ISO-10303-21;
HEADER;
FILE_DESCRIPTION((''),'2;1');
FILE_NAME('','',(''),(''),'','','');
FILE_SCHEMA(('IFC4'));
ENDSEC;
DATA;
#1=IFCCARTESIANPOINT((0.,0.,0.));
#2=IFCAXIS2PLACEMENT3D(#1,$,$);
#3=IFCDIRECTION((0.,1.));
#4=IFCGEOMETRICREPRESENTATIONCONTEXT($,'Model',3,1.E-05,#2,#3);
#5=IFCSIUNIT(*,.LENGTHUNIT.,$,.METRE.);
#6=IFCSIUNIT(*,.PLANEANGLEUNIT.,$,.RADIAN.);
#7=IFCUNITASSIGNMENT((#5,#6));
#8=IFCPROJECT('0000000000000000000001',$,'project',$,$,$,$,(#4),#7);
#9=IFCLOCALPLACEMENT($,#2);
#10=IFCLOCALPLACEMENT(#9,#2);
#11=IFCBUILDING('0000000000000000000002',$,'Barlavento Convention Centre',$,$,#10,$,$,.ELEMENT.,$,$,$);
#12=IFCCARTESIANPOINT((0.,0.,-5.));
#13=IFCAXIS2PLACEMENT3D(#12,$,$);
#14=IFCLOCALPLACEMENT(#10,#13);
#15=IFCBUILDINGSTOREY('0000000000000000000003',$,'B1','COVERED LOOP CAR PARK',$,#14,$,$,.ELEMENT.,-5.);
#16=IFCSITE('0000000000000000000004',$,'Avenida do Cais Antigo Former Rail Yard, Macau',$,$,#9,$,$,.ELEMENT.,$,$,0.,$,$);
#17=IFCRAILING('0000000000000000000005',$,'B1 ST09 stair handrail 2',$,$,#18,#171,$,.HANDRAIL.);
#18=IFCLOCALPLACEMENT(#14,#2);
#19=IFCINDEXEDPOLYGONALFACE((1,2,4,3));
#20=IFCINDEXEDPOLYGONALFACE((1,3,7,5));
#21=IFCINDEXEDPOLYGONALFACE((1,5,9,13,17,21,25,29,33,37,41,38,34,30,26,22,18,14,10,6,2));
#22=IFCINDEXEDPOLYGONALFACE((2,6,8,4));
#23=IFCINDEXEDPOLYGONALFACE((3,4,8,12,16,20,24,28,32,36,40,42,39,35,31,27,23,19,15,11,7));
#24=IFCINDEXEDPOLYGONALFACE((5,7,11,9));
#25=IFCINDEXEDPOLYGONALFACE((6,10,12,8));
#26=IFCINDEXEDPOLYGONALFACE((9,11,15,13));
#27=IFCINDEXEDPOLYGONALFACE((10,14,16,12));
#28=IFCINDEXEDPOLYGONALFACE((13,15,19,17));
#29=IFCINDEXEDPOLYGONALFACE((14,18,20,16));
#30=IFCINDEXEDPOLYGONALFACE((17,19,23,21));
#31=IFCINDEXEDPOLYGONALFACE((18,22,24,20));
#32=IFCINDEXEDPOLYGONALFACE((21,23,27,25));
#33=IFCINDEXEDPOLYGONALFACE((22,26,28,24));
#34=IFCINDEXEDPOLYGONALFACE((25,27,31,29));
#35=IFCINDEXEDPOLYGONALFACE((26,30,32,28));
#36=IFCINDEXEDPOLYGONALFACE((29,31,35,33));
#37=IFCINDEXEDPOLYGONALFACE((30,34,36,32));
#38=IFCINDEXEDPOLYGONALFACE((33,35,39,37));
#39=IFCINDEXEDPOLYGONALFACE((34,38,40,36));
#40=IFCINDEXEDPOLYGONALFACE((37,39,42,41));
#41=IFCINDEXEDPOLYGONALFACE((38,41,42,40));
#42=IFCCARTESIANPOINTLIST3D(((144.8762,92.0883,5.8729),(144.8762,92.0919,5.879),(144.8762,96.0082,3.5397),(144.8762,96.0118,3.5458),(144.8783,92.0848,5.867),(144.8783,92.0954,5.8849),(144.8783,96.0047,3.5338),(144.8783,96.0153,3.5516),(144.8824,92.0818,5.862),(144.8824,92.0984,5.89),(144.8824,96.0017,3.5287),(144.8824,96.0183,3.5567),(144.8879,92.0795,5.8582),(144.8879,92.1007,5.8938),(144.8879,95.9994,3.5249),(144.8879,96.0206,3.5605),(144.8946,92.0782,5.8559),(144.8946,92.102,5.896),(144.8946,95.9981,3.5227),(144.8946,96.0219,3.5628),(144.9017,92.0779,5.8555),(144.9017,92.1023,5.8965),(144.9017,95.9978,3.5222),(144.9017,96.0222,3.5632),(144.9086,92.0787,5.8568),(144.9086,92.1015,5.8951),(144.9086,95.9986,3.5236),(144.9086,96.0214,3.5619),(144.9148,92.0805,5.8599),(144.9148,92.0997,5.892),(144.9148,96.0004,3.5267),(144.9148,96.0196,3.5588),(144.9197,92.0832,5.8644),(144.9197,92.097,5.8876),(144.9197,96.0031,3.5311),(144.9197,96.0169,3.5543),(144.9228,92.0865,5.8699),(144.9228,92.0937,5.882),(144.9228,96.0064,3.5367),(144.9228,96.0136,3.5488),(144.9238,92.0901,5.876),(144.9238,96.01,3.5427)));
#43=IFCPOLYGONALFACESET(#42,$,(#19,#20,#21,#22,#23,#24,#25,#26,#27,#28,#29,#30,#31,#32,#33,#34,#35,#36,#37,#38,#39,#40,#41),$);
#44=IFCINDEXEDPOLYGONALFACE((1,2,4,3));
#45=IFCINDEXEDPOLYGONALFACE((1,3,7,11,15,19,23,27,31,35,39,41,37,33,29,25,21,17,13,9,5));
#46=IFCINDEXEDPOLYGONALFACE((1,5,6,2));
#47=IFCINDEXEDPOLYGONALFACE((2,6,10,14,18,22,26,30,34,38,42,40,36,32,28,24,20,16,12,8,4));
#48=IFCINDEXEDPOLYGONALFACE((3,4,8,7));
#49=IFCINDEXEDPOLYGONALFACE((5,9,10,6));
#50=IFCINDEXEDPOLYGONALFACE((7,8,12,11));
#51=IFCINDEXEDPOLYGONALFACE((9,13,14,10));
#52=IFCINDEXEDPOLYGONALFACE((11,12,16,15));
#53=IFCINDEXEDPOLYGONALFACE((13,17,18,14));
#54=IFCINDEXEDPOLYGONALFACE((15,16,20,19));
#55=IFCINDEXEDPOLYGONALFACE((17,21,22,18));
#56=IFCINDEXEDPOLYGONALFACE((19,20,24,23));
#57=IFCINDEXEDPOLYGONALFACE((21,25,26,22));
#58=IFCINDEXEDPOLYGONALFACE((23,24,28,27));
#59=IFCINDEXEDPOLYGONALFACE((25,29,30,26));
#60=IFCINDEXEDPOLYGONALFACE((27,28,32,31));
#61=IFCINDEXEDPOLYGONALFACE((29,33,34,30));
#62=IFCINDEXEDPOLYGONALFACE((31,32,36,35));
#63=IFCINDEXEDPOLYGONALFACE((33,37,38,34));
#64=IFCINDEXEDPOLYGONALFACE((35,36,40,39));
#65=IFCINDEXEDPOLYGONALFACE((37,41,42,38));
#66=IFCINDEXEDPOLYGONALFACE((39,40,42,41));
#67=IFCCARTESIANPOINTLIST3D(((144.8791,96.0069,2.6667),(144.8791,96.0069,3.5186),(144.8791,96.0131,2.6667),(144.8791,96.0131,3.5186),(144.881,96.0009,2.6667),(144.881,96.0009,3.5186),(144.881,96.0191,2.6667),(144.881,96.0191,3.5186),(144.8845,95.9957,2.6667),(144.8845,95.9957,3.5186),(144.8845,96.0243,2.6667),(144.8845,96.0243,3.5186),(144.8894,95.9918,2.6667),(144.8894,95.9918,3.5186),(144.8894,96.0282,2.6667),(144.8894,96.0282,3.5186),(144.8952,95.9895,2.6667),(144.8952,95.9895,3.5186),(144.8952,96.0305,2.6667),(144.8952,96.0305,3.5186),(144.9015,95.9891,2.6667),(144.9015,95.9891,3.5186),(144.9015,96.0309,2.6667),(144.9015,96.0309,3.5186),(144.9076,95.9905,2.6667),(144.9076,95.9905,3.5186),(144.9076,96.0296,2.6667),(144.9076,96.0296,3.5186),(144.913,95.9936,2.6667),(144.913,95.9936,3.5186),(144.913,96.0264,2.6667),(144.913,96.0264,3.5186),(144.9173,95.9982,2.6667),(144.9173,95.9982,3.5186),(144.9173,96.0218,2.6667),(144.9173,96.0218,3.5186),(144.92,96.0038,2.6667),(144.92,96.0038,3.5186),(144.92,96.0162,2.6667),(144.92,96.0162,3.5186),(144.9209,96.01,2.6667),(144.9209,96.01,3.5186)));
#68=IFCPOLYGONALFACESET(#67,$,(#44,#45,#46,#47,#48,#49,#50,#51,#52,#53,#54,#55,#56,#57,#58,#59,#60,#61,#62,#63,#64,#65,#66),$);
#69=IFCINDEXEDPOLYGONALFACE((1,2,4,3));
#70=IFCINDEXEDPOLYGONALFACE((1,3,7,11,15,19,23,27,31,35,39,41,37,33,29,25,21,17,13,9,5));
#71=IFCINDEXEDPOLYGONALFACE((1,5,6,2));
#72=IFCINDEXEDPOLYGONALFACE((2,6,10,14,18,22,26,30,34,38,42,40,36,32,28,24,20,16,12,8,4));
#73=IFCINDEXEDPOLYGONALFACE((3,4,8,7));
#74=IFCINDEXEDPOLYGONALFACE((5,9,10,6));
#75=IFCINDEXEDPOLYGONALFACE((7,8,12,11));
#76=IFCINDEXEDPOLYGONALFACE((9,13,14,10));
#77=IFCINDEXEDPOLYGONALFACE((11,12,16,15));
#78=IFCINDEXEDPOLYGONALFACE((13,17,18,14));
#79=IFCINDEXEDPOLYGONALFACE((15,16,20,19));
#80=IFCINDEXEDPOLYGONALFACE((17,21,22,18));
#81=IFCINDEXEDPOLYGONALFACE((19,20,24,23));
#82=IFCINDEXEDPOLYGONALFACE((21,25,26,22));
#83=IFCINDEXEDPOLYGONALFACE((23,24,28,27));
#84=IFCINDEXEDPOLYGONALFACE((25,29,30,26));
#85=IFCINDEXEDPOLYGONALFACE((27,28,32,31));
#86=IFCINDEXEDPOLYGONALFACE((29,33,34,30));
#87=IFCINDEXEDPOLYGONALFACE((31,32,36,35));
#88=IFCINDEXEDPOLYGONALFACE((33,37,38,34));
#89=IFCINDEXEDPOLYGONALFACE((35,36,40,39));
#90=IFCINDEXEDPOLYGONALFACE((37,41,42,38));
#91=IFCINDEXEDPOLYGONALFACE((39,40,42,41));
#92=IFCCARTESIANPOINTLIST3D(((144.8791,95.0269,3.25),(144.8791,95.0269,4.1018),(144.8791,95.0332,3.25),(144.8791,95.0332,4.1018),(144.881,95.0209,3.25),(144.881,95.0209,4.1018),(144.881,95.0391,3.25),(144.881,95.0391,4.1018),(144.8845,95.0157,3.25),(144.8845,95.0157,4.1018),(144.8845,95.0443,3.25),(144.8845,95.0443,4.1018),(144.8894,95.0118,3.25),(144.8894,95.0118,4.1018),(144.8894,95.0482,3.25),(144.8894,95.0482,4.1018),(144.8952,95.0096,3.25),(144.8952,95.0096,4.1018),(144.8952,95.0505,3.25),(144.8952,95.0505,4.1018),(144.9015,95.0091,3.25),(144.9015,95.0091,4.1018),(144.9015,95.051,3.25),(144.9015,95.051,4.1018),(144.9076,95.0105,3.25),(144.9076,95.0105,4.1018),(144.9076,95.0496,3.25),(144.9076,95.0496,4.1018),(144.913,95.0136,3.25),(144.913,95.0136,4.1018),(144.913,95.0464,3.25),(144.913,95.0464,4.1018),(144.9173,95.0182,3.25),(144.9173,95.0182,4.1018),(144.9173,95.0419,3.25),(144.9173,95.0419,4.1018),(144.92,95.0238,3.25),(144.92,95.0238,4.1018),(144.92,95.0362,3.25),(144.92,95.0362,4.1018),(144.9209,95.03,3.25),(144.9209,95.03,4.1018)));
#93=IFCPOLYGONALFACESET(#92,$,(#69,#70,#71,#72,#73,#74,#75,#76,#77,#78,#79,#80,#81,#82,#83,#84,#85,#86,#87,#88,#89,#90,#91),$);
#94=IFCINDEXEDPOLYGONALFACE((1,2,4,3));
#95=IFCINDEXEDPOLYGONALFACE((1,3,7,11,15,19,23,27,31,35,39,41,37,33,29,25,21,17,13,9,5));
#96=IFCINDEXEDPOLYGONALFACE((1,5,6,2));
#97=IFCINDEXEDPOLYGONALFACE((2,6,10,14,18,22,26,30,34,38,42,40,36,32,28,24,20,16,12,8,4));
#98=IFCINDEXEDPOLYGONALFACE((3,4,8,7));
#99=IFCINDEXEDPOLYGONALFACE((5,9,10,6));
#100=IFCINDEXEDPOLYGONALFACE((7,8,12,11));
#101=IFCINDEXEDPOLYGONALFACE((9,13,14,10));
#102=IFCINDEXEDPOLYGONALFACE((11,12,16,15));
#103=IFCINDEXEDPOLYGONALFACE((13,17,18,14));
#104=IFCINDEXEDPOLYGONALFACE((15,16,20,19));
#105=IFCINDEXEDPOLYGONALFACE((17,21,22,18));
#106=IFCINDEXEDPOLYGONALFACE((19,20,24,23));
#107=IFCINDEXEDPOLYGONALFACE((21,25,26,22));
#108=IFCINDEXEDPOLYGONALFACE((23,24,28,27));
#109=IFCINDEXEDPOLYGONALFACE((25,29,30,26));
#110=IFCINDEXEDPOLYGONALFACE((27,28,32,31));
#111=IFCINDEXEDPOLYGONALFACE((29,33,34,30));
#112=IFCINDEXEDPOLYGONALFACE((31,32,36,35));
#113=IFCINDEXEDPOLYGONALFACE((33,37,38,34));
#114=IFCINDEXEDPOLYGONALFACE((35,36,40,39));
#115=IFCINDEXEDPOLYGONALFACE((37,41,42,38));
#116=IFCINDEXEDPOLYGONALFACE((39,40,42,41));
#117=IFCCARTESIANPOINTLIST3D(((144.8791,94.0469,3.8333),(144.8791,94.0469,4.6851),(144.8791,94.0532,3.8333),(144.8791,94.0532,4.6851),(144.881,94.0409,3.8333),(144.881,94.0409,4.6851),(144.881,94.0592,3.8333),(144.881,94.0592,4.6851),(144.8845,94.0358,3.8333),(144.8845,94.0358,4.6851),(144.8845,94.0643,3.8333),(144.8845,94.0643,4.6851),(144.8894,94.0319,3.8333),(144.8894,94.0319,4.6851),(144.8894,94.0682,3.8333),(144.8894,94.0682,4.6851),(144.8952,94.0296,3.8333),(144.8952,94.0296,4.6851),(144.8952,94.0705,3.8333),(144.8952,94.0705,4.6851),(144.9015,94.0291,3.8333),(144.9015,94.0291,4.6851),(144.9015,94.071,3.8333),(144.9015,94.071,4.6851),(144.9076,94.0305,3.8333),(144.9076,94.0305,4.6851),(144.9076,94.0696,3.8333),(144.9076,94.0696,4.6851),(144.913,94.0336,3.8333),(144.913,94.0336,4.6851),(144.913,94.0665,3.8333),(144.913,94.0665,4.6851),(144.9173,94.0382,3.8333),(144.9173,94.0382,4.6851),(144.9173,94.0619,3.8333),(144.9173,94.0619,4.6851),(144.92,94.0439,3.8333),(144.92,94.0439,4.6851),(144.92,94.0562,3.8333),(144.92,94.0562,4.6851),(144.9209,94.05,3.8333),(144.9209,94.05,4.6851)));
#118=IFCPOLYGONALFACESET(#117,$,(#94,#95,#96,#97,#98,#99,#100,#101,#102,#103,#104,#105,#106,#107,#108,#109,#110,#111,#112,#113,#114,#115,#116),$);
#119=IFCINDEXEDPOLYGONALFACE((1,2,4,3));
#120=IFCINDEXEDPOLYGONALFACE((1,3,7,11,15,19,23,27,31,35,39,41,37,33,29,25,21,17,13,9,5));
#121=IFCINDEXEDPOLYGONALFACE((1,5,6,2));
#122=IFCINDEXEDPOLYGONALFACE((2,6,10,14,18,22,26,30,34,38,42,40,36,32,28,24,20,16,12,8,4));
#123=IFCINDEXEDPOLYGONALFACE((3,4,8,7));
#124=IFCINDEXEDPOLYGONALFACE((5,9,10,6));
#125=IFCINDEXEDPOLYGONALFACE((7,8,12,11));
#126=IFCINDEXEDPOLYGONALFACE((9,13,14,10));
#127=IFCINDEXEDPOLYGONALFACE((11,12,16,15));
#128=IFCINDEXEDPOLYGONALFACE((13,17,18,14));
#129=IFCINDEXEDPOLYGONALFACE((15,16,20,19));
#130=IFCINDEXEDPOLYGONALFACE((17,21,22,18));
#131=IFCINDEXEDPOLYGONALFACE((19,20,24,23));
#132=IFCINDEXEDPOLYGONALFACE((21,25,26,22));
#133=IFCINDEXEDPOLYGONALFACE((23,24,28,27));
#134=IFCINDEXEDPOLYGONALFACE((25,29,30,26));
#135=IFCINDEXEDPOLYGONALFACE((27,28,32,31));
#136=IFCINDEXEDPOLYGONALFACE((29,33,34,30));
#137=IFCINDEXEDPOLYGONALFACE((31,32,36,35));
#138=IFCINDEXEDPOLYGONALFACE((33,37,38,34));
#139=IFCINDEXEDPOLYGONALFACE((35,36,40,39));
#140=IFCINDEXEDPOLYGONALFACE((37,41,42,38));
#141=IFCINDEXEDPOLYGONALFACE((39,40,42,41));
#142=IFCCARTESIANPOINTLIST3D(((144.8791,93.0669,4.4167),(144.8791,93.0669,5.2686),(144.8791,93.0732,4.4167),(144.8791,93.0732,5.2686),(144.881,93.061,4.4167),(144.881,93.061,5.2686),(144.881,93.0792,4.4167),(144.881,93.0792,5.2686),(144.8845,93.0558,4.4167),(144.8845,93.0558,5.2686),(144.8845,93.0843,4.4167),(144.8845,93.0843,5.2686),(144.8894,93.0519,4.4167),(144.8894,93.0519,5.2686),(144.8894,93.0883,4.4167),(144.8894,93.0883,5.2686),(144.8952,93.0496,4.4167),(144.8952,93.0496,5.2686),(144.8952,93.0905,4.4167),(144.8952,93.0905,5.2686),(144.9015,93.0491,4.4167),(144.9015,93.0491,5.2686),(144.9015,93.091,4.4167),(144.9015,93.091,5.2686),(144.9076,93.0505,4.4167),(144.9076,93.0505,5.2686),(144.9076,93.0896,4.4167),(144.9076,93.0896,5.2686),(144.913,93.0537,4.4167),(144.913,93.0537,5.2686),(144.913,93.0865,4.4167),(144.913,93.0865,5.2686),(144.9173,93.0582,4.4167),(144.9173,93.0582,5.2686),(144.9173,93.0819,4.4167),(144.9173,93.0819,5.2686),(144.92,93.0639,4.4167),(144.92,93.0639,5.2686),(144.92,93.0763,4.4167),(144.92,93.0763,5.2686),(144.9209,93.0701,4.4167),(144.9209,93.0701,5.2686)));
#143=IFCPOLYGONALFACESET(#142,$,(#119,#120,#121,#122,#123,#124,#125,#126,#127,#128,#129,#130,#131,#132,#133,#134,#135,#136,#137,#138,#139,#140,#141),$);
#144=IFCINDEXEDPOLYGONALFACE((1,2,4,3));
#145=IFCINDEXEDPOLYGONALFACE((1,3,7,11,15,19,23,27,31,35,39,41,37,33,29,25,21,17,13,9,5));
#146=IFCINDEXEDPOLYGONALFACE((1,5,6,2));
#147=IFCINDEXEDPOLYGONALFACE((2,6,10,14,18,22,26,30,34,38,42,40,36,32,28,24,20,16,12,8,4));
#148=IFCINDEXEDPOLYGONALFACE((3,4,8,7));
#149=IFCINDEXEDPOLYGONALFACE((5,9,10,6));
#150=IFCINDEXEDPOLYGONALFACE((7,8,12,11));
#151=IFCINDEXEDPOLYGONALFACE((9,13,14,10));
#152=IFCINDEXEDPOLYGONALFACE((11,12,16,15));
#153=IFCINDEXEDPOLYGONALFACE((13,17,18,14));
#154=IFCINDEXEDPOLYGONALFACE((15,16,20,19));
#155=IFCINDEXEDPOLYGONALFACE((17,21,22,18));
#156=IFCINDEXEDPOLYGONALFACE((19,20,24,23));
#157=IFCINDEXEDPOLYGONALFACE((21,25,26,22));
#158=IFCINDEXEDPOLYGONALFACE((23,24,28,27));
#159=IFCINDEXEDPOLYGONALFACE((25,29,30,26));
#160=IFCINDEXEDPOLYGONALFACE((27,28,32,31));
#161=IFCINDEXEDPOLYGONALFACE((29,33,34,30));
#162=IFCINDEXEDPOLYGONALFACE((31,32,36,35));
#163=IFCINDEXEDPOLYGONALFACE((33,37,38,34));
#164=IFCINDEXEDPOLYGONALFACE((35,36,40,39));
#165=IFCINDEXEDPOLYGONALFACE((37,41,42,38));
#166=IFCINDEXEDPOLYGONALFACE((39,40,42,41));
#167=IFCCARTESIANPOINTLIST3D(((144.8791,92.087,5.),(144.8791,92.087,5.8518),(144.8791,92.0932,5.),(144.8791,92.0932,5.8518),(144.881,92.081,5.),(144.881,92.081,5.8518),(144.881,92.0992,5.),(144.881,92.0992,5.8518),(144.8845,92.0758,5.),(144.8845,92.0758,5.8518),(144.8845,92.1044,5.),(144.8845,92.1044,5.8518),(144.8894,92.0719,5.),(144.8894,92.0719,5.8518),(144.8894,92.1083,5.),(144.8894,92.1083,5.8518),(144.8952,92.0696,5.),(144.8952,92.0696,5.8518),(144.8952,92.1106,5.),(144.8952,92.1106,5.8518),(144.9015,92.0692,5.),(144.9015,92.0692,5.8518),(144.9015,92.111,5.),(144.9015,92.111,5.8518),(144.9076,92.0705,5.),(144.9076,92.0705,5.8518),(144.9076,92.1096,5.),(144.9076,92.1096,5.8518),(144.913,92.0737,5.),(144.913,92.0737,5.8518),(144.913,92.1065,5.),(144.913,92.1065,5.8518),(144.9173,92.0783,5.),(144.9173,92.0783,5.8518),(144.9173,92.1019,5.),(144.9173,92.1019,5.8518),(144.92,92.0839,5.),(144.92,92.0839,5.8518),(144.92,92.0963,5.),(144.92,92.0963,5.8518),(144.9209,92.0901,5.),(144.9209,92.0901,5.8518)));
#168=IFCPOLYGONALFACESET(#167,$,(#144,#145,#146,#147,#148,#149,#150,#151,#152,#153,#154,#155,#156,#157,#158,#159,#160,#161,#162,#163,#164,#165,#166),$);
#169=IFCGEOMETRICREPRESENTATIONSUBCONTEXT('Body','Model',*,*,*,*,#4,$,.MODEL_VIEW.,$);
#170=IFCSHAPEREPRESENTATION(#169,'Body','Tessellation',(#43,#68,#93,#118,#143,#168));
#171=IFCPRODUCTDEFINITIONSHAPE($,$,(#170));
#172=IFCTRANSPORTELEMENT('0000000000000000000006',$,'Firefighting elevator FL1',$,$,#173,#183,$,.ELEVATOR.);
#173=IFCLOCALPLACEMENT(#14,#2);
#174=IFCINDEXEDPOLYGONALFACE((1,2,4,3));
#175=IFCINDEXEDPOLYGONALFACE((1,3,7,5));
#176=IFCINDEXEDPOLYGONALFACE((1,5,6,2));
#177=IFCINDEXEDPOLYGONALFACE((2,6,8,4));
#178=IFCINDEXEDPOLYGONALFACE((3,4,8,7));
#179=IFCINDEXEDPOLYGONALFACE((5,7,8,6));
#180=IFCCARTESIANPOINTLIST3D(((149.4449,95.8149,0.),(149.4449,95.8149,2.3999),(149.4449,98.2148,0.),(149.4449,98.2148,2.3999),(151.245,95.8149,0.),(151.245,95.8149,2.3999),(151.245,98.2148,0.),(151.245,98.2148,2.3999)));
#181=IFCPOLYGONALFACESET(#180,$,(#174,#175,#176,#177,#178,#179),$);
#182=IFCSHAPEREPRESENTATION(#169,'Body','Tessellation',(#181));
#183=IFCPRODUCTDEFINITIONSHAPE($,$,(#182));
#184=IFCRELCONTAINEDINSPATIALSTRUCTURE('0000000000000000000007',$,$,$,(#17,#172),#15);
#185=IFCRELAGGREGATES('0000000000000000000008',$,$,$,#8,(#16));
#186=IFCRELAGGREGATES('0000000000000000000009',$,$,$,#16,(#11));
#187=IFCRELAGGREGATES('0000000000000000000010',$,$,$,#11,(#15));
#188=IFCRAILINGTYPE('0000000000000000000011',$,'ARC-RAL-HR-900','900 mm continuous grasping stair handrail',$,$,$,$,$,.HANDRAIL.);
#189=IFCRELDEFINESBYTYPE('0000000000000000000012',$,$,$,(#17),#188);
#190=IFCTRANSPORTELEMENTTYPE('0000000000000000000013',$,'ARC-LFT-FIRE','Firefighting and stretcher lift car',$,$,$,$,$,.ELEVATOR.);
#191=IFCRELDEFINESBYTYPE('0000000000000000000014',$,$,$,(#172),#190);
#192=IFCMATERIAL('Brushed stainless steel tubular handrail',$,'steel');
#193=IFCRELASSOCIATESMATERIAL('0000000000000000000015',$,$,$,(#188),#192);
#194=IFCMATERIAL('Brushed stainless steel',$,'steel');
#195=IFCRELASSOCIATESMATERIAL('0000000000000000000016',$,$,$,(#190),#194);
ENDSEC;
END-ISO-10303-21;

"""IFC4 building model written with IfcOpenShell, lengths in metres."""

from ifc_helpers import new_model, si_unit, direction, frame, origin, origin_2d, place, context, subcontext, project, spatial, rectangle, circle, extrude, material, type_object, element, save


model = new_model("IFC4")

# Units and contexts
model_context = context("Model", 3, precision=1e-05, world=origin(), true_north=direction((0.0, 1.0)))
body_context = subcontext(model_context, "Body", "Model", "MODEL_VIEW")
ifc_project = project(units=[si_unit("LENGTHUNIT", "METRE"), si_unit("PLANEANGLEUNIT", "RADIAN")], contexts=[model_context])

# Site, building, storey
site_placement = place(None, origin())
site = spatial("IfcSite", under=ifc_project, at=site_placement, Name="Avenida do Cais Antigo Former Rail Yard, Macau", CompositionType="ELEMENT", RefElevation=0.0)
building_placement = place(site_placement, origin())
building = spatial("IfcBuilding", under=site, at=building_placement, Name="Barlavento Convention Centre", CompositionType="ELEMENT")
storey_placement = place(building_placement, frame((0.0, 0.0, -5.0)))
storey = spatial("IfcBuildingStorey", under=building, at=storey_placement, Name="B1", Description="COVERED LOOP CAR PARK", CompositionType="ELEMENT", Elevation=-5.0)

# Shared definitions
ifc_material_1 = material(Name="Brushed stainless steel", Category="steel")

# Railing
ifc_material_2 = material(Name="Brushed stainless steel tubular handrail", Category="steel")
railing_type_1 = type_object("IfcRailingType", Name="ARC-RAL-HR-900", Description="900 mm continuous grasping stair handrail", PredefinedType="HANDRAIL", material=ifc_material_2)
railing_1_placement = place(storey_placement, frame((144.8999, 96.01, 2.6667)))
element("IfcRailing", 1, at=railing_1_placement, inside=storey, type_object=railing_type_1, Name="B1 ST09 stair handrail 2", PredefinedType="HANDRAIL", context=body_context, shape_type="SweptSolid", body=[
    extrude(circle(Radius=0.0239, at=origin_2d()), frame((0.0, 0.0, 0.876), z_axis=(0.0, -0.859296, 0.511478), x_axis=(1.0, 0.0, 0.0)), (0.0, 0.0, 1.0), 4.5618),
    extrude(circle(Radius=0.021, at=origin_2d()), origin(), (0.0, 0.0, 1.0), 0.8518),
    extrude(circle(Radius=0.021, at=origin_2d()), frame((0.0, -0.98, 0.5833)), (0.0, 0.0, 1.0), 0.8518),
    extrude(circle(Radius=0.021, at=origin_2d()), frame((0.0, -1.96, 1.1665)), (0.0, 0.0, 1.0), 0.8518),
    extrude(circle(Radius=0.021, at=origin_2d()), frame((0.0, -2.9399, 1.75)), (0.0, 0.0, 1.0), 0.8518),
    extrude(circle(Radius=0.021, at=origin_2d()), frame((0.0, -3.9199, 2.3333)), (0.0, 0.0, 1.0), 0.8518),
])

# Transport element
transport_element_type = type_object("IfcTransportElementType", Name="ARC-LFT-FIRE", Description="Firefighting and stretcher lift car", PredefinedType="ELEVATOR", material=ifc_material_1)
transport_element_placement = place(storey_placement, frame((150.345, 97.0149, 0.0), z_axis=(0.0, 0.0, 1.0), x_axis=(1.0, 0.0, 0.0)))
element("IfcTransportElement", 2, at=transport_element_placement, inside=storey, type_object=transport_element_type, Name="Firefighting elevator FL1", PredefinedType="ELEVATOR", context=body_context, shape_type="SweptSolid", body=[
    extrude(rectangle(XDim=1.8, YDim=2.3999, at=origin_2d()), origin(), (0.0, 0.0, 1.0), 2.3999),
])

save(model, "model.ifc")
